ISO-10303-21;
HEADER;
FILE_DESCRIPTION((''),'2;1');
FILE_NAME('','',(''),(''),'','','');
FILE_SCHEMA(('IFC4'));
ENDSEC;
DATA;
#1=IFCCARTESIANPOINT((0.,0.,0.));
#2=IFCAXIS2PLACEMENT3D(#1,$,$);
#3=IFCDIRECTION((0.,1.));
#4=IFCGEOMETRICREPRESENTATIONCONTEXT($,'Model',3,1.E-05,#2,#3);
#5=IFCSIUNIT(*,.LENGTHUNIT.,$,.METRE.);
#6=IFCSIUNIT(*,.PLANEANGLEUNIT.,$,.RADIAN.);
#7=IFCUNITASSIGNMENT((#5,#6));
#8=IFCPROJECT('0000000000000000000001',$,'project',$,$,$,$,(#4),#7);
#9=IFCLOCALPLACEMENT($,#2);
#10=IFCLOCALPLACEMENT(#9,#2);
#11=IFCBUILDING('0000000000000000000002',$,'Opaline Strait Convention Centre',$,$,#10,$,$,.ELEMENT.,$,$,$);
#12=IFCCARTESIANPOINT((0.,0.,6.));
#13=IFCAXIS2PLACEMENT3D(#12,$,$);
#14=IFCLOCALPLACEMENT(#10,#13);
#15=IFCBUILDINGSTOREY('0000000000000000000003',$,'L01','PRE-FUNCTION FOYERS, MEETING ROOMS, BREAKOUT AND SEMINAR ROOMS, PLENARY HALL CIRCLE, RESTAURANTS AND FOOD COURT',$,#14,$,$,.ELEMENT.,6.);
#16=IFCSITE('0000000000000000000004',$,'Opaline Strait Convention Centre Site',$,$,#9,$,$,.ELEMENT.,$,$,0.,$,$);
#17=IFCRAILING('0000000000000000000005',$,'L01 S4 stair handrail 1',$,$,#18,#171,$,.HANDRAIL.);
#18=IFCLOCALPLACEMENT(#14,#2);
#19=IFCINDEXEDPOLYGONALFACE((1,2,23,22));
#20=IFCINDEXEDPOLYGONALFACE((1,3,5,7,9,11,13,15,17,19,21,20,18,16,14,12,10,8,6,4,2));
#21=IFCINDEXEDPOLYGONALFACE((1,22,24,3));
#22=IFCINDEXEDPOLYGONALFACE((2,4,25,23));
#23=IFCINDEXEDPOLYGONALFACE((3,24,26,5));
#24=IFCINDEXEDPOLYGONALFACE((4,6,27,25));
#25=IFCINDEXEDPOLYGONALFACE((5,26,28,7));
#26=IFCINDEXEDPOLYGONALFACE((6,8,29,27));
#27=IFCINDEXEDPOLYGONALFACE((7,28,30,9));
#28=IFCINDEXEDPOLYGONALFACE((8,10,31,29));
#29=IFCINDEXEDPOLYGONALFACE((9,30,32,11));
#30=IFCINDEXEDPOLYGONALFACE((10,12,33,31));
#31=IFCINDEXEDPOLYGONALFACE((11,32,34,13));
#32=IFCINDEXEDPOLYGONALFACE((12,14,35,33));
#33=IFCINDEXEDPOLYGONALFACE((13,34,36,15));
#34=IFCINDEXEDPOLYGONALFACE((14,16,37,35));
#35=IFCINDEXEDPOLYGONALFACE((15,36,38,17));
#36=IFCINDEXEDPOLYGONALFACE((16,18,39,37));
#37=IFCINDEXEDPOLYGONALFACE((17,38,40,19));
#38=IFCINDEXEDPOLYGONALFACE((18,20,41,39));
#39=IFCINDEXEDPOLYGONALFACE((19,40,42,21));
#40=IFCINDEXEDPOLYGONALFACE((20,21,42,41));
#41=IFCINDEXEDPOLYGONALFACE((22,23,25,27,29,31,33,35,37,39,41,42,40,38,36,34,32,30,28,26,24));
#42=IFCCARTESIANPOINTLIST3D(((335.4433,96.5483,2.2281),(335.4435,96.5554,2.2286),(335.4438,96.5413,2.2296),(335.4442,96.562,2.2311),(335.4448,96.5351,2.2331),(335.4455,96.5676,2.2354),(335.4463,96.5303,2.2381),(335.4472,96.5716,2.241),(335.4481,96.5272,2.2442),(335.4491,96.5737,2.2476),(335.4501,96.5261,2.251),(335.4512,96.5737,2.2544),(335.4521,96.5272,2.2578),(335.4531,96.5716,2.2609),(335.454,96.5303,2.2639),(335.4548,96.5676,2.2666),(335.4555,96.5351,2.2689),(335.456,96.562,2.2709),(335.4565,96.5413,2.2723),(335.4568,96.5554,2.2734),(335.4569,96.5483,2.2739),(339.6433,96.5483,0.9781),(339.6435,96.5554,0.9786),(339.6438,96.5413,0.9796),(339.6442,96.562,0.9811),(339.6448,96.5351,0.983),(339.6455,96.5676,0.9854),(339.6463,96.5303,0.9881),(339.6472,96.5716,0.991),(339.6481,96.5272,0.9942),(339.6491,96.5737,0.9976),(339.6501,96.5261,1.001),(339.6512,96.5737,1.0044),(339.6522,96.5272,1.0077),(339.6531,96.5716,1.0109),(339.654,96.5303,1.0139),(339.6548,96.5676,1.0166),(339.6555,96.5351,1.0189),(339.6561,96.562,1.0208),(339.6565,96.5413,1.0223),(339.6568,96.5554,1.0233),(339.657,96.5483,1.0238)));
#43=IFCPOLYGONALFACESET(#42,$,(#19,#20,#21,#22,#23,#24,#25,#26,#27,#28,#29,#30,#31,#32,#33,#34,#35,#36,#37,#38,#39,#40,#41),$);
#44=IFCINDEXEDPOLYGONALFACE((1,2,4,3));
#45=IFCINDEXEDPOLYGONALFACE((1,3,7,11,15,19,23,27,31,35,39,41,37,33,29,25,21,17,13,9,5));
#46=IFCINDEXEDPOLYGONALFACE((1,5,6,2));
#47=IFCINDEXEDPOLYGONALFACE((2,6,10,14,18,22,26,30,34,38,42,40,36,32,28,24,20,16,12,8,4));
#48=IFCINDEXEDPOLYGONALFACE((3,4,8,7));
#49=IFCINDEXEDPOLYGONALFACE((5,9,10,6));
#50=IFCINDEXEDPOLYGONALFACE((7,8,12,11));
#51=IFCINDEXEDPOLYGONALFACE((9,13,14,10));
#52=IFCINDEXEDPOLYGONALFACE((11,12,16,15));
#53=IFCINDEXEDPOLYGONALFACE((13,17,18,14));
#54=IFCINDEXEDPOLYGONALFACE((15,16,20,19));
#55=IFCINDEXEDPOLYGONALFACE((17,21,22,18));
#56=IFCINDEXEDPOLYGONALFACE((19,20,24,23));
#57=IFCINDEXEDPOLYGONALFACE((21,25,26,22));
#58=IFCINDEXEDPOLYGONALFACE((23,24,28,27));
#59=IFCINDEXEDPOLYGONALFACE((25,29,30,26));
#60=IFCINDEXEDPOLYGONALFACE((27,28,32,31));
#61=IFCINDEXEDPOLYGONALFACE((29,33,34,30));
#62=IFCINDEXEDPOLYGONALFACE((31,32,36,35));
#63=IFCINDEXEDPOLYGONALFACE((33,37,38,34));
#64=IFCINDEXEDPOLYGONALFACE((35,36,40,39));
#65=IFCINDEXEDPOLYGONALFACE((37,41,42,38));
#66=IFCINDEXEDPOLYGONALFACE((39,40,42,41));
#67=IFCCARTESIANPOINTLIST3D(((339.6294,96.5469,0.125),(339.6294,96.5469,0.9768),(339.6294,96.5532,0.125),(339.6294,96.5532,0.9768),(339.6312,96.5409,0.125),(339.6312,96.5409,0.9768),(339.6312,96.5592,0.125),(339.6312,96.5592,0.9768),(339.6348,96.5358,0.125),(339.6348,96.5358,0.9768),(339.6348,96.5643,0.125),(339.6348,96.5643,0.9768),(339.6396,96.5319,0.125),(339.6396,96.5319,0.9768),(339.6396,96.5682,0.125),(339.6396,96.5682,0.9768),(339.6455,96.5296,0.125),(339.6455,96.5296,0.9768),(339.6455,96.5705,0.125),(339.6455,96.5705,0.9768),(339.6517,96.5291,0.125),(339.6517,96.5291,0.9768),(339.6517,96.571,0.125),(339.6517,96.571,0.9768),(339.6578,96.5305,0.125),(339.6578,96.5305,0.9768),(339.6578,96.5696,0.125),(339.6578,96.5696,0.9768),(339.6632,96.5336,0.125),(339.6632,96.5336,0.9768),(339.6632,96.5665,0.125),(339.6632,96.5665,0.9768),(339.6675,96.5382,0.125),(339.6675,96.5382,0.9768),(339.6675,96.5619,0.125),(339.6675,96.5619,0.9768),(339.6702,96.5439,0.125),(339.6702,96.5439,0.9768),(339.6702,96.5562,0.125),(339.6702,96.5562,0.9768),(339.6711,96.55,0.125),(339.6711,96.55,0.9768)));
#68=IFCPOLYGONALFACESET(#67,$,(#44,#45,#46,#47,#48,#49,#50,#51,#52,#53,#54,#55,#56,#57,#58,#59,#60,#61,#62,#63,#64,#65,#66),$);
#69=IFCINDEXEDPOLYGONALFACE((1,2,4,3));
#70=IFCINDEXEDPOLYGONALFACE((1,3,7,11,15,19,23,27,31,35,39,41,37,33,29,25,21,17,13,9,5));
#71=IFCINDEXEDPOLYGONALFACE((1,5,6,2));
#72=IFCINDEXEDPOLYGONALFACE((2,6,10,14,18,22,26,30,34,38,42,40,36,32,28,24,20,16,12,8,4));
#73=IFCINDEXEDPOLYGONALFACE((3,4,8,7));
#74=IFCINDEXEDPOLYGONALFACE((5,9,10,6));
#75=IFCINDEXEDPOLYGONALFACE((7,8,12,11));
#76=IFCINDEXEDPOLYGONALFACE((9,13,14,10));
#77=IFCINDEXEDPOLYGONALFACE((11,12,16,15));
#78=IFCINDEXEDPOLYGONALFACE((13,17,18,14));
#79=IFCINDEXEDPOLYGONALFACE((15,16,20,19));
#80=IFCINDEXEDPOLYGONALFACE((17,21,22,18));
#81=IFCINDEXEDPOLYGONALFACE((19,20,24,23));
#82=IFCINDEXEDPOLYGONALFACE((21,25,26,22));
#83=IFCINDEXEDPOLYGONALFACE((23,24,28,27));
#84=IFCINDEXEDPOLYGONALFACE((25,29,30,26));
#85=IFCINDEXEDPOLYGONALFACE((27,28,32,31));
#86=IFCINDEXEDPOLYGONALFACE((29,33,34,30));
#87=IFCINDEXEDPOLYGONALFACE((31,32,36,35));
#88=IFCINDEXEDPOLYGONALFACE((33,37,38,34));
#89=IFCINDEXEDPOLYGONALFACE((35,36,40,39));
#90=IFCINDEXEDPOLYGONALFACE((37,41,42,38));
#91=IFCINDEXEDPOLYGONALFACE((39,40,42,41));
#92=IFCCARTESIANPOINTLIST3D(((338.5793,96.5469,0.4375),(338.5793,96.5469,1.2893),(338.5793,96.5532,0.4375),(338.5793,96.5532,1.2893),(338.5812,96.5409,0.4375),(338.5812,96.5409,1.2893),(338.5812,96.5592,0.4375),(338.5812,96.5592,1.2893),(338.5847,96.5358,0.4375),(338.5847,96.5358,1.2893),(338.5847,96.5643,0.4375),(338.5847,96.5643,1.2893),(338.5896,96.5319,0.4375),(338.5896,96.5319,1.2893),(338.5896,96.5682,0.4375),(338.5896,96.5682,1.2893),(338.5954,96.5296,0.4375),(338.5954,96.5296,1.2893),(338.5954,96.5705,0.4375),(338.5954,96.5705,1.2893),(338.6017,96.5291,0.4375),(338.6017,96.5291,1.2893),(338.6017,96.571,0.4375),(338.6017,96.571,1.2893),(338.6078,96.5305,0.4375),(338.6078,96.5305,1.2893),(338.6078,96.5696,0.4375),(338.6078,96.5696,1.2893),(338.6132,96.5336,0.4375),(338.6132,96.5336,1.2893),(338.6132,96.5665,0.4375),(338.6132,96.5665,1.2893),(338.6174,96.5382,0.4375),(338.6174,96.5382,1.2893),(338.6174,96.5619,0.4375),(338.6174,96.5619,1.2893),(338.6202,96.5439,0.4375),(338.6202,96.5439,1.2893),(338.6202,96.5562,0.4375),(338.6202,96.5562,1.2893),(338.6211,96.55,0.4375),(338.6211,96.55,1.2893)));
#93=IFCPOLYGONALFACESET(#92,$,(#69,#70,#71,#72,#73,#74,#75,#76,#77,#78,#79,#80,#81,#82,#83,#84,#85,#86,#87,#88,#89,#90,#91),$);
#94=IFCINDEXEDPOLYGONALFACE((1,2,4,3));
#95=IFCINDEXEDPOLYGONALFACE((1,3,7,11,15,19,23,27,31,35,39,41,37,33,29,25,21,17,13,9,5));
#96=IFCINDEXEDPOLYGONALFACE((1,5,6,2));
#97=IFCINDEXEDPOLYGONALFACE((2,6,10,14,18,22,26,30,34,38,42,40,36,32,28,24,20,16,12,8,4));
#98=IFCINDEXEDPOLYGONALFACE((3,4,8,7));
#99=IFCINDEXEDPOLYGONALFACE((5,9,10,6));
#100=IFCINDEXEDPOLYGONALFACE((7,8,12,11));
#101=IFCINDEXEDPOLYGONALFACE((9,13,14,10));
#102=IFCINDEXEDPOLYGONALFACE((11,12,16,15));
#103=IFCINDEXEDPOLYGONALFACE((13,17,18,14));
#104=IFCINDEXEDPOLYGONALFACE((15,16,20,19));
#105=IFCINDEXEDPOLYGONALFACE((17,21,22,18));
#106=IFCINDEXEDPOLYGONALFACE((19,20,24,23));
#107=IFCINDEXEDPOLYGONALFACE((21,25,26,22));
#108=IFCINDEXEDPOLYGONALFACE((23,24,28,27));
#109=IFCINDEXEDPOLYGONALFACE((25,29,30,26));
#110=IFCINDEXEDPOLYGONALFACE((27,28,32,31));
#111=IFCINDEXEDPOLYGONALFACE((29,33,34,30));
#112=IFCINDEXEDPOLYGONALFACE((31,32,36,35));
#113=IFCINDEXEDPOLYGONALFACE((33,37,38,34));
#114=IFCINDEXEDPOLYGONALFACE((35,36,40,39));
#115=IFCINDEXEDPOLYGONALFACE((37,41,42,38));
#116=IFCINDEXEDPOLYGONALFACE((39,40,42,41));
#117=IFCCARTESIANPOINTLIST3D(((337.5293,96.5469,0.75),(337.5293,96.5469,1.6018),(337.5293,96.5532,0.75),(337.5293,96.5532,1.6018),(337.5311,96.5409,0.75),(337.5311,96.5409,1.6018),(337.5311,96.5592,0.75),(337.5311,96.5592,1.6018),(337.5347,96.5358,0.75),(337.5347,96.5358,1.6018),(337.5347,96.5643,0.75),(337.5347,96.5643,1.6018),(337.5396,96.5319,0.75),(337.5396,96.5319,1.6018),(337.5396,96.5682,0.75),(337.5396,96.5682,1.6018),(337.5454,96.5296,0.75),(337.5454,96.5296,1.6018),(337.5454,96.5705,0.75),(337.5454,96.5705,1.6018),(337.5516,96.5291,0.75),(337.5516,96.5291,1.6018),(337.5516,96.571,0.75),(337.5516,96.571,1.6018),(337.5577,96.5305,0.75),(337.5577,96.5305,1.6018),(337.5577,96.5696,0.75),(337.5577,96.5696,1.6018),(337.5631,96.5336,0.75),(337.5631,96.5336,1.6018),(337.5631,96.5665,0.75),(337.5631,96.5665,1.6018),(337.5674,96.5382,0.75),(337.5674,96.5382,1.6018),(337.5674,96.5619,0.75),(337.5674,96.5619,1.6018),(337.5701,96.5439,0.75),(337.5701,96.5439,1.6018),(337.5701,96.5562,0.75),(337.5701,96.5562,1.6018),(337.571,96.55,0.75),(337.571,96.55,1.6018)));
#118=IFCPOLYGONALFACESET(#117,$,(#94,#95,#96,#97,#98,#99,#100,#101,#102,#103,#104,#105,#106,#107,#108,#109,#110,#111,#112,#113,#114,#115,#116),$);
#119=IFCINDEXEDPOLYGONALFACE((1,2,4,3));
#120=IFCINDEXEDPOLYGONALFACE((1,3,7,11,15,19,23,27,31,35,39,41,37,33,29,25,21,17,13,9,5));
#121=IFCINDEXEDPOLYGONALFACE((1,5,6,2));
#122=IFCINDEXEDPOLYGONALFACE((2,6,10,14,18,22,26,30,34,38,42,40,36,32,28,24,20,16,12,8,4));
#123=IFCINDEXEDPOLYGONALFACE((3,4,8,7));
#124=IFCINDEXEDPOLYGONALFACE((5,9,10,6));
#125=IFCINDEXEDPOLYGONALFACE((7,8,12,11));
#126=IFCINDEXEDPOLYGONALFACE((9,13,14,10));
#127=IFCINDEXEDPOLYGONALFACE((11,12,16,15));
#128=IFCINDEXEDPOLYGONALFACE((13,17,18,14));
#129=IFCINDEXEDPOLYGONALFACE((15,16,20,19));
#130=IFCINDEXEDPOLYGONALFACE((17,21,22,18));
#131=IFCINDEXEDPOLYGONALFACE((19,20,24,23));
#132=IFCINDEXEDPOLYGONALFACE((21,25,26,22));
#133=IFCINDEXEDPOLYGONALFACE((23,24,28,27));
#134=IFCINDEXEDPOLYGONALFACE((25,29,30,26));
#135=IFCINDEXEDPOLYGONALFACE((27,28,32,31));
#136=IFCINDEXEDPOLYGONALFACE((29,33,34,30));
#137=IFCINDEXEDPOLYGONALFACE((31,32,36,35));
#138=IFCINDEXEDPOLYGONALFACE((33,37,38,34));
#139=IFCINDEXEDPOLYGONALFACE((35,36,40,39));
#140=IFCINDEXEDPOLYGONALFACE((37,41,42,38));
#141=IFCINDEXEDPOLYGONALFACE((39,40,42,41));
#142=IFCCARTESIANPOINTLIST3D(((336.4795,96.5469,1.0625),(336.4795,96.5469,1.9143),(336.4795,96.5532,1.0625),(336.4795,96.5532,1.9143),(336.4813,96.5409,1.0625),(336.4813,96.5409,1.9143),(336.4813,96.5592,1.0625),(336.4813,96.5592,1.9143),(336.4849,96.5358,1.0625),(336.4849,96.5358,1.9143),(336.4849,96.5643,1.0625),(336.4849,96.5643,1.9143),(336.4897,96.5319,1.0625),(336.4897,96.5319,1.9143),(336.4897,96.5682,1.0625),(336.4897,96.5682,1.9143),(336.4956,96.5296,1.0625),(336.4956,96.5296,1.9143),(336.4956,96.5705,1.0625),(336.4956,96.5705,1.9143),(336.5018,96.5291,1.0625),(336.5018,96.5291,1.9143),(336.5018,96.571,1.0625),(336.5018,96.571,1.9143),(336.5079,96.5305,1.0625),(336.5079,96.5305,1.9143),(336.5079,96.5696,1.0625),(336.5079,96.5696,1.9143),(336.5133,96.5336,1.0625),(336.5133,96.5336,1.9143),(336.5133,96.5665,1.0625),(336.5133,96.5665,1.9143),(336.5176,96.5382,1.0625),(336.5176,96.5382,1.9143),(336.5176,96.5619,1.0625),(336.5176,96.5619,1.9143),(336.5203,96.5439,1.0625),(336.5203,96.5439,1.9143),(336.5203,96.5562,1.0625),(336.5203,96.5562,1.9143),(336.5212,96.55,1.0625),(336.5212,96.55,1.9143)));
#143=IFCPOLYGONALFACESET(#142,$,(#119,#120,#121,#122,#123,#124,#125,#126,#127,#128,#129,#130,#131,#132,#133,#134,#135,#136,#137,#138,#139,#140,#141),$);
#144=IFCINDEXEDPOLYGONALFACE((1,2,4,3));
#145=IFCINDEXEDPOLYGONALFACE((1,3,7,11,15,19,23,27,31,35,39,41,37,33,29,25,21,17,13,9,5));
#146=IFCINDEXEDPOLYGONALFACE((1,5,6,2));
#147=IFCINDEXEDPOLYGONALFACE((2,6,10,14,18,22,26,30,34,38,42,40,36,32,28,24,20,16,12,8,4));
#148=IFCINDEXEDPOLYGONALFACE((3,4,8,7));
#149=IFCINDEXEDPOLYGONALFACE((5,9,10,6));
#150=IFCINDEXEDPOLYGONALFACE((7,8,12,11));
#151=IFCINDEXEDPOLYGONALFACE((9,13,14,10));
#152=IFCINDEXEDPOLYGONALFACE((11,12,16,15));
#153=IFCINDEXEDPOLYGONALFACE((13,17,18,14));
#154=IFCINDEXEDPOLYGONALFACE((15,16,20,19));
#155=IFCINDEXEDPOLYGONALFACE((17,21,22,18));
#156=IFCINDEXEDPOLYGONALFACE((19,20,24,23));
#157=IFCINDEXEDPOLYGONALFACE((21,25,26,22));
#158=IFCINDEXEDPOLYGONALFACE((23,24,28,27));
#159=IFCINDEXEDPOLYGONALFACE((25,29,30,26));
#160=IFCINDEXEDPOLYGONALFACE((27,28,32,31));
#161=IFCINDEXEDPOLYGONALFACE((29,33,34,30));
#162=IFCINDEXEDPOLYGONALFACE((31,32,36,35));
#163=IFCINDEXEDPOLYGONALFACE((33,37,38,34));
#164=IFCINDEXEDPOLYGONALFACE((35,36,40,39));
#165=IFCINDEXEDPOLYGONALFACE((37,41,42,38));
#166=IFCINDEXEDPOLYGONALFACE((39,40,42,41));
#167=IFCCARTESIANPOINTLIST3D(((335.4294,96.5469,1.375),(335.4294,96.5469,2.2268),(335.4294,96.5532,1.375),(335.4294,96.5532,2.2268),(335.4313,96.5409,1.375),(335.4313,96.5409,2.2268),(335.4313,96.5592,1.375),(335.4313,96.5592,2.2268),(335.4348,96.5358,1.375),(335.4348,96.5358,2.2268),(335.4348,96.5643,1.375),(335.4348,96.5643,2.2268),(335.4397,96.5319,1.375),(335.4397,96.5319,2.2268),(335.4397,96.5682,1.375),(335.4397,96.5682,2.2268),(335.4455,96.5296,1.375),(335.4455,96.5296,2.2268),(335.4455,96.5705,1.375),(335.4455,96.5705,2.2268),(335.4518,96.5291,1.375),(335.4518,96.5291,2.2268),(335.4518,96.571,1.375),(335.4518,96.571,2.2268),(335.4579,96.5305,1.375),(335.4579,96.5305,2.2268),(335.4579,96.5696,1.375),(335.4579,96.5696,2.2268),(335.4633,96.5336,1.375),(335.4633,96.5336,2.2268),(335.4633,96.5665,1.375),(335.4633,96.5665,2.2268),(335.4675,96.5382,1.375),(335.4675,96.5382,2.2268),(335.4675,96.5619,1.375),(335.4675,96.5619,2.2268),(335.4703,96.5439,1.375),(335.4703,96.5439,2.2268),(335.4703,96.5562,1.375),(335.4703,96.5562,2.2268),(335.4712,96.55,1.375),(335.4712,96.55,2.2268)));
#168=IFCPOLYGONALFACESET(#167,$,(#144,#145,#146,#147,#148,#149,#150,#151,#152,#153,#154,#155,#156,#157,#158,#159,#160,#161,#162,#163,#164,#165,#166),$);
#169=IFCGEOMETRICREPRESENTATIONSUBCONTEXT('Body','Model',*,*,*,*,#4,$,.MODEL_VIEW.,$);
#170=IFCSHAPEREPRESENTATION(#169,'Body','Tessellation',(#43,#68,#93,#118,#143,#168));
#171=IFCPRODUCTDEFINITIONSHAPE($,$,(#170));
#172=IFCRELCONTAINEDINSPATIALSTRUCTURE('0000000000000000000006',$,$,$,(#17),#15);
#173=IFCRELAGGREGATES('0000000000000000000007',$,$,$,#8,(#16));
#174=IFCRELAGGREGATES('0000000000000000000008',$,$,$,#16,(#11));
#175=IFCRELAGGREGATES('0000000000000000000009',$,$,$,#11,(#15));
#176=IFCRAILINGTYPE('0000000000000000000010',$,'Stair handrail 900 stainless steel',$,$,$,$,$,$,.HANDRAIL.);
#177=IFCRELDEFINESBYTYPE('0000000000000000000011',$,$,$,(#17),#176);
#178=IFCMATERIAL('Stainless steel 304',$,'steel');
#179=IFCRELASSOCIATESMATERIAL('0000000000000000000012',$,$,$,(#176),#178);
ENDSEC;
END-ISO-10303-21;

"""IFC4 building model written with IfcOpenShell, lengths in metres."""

from ifc_helpers import new_model, si_unit, direction, frame, origin, origin_2d, place, context, subcontext, project, spatial, circle, extrude, material, type_object, element, save


model = new_model("IFC4")

# Units and contexts
model_context = context("Model", 3, precision=1e-05, world=origin(), true_north=direction((0.0, 1.0)))
body_context = subcontext(model_context, "Body", "Model", "MODEL_VIEW")
ifc_project = project(units=[si_unit("LENGTHUNIT", "METRE"), si_unit("PLANEANGLEUNIT", "RADIAN")], contexts=[model_context])

# Site, building, storey
site_placement = place(None, origin())
site = spatial("IfcSite", under=ifc_project, at=site_placement, Name="Opaline Strait Convention Centre Site", CompositionType="ELEMENT", RefElevation=0.0)
building_placement = place(site_placement, origin())
building = spatial("IfcBuilding", under=site, at=building_placement, Name="Opaline Strait Convention Centre", CompositionType="ELEMENT")
storey_placement = place(building_placement, frame((0.0, 0.0, 6.0)))
storey = spatial("IfcBuildingStorey", under=building, at=storey_placement, Name="L01", Description="PRE-FUNCTION FOYERS, MEETING ROOMS, BREAKOUT AND SEMINAR ROOMS, PLENARY HALL CIRCLE, RESTAURANTS AND FOOD COURT", CompositionType="ELEMENT", Elevation=6.0)

# Railing
ifc_material_1 = material(Name="Stainless steel 304", Category="steel")
railing_type = type_object("IfcRailingType", Name="Stair handrail 900 stainless steel", PredefinedType="HANDRAIL", material=ifc_material_1)
for number, where, name in (
    (1, (339.6501, 96.55, 0.125), "L01 S4 stair handrail 1"),
):
    element("IfcRailing", number, at=place(storey_placement, frame(where)), inside=storey, type_object=railing_type, Name=name, PredefinedType="HANDRAIL", context=body_context, shape_type="SweptSolid", body=[
        extrude(circle(Radius=0.0239, at=origin_2d()), frame((0.0, 0.0, 0.876), z_axis=(-0.958451, 0.0, 0.285257), x_axis=(0.0, -1.0, 0.0)), (0.0, 0.0, 1.0), 4.3821),
        extrude(circle(Radius=0.021, at=origin_2d()), origin(), (0.0, 0.0, 1.0), 0.8518),
        extrude(circle(Radius=0.021, at=origin_2d()), frame((-1.05, 0.0, 0.3125)), (0.0, 0.0, 1.0), 0.8518),
        extrude(circle(Radius=0.021, at=origin_2d()), frame((-2.1001, 0.0, 0.625)), (0.0, 0.0, 1.0), 0.8518),
        extrude(circle(Radius=0.021, at=origin_2d()), frame((-3.1499, 0.0, 0.9375)), (0.0, 0.0, 1.0), 0.8518),
        extrude(circle(Radius=0.021, at=origin_2d()), frame((-4.2, 0.0, 1.25)), (0.0, 0.0, 1.0), 0.8518),
    ])

save(model, "model.ifc")
